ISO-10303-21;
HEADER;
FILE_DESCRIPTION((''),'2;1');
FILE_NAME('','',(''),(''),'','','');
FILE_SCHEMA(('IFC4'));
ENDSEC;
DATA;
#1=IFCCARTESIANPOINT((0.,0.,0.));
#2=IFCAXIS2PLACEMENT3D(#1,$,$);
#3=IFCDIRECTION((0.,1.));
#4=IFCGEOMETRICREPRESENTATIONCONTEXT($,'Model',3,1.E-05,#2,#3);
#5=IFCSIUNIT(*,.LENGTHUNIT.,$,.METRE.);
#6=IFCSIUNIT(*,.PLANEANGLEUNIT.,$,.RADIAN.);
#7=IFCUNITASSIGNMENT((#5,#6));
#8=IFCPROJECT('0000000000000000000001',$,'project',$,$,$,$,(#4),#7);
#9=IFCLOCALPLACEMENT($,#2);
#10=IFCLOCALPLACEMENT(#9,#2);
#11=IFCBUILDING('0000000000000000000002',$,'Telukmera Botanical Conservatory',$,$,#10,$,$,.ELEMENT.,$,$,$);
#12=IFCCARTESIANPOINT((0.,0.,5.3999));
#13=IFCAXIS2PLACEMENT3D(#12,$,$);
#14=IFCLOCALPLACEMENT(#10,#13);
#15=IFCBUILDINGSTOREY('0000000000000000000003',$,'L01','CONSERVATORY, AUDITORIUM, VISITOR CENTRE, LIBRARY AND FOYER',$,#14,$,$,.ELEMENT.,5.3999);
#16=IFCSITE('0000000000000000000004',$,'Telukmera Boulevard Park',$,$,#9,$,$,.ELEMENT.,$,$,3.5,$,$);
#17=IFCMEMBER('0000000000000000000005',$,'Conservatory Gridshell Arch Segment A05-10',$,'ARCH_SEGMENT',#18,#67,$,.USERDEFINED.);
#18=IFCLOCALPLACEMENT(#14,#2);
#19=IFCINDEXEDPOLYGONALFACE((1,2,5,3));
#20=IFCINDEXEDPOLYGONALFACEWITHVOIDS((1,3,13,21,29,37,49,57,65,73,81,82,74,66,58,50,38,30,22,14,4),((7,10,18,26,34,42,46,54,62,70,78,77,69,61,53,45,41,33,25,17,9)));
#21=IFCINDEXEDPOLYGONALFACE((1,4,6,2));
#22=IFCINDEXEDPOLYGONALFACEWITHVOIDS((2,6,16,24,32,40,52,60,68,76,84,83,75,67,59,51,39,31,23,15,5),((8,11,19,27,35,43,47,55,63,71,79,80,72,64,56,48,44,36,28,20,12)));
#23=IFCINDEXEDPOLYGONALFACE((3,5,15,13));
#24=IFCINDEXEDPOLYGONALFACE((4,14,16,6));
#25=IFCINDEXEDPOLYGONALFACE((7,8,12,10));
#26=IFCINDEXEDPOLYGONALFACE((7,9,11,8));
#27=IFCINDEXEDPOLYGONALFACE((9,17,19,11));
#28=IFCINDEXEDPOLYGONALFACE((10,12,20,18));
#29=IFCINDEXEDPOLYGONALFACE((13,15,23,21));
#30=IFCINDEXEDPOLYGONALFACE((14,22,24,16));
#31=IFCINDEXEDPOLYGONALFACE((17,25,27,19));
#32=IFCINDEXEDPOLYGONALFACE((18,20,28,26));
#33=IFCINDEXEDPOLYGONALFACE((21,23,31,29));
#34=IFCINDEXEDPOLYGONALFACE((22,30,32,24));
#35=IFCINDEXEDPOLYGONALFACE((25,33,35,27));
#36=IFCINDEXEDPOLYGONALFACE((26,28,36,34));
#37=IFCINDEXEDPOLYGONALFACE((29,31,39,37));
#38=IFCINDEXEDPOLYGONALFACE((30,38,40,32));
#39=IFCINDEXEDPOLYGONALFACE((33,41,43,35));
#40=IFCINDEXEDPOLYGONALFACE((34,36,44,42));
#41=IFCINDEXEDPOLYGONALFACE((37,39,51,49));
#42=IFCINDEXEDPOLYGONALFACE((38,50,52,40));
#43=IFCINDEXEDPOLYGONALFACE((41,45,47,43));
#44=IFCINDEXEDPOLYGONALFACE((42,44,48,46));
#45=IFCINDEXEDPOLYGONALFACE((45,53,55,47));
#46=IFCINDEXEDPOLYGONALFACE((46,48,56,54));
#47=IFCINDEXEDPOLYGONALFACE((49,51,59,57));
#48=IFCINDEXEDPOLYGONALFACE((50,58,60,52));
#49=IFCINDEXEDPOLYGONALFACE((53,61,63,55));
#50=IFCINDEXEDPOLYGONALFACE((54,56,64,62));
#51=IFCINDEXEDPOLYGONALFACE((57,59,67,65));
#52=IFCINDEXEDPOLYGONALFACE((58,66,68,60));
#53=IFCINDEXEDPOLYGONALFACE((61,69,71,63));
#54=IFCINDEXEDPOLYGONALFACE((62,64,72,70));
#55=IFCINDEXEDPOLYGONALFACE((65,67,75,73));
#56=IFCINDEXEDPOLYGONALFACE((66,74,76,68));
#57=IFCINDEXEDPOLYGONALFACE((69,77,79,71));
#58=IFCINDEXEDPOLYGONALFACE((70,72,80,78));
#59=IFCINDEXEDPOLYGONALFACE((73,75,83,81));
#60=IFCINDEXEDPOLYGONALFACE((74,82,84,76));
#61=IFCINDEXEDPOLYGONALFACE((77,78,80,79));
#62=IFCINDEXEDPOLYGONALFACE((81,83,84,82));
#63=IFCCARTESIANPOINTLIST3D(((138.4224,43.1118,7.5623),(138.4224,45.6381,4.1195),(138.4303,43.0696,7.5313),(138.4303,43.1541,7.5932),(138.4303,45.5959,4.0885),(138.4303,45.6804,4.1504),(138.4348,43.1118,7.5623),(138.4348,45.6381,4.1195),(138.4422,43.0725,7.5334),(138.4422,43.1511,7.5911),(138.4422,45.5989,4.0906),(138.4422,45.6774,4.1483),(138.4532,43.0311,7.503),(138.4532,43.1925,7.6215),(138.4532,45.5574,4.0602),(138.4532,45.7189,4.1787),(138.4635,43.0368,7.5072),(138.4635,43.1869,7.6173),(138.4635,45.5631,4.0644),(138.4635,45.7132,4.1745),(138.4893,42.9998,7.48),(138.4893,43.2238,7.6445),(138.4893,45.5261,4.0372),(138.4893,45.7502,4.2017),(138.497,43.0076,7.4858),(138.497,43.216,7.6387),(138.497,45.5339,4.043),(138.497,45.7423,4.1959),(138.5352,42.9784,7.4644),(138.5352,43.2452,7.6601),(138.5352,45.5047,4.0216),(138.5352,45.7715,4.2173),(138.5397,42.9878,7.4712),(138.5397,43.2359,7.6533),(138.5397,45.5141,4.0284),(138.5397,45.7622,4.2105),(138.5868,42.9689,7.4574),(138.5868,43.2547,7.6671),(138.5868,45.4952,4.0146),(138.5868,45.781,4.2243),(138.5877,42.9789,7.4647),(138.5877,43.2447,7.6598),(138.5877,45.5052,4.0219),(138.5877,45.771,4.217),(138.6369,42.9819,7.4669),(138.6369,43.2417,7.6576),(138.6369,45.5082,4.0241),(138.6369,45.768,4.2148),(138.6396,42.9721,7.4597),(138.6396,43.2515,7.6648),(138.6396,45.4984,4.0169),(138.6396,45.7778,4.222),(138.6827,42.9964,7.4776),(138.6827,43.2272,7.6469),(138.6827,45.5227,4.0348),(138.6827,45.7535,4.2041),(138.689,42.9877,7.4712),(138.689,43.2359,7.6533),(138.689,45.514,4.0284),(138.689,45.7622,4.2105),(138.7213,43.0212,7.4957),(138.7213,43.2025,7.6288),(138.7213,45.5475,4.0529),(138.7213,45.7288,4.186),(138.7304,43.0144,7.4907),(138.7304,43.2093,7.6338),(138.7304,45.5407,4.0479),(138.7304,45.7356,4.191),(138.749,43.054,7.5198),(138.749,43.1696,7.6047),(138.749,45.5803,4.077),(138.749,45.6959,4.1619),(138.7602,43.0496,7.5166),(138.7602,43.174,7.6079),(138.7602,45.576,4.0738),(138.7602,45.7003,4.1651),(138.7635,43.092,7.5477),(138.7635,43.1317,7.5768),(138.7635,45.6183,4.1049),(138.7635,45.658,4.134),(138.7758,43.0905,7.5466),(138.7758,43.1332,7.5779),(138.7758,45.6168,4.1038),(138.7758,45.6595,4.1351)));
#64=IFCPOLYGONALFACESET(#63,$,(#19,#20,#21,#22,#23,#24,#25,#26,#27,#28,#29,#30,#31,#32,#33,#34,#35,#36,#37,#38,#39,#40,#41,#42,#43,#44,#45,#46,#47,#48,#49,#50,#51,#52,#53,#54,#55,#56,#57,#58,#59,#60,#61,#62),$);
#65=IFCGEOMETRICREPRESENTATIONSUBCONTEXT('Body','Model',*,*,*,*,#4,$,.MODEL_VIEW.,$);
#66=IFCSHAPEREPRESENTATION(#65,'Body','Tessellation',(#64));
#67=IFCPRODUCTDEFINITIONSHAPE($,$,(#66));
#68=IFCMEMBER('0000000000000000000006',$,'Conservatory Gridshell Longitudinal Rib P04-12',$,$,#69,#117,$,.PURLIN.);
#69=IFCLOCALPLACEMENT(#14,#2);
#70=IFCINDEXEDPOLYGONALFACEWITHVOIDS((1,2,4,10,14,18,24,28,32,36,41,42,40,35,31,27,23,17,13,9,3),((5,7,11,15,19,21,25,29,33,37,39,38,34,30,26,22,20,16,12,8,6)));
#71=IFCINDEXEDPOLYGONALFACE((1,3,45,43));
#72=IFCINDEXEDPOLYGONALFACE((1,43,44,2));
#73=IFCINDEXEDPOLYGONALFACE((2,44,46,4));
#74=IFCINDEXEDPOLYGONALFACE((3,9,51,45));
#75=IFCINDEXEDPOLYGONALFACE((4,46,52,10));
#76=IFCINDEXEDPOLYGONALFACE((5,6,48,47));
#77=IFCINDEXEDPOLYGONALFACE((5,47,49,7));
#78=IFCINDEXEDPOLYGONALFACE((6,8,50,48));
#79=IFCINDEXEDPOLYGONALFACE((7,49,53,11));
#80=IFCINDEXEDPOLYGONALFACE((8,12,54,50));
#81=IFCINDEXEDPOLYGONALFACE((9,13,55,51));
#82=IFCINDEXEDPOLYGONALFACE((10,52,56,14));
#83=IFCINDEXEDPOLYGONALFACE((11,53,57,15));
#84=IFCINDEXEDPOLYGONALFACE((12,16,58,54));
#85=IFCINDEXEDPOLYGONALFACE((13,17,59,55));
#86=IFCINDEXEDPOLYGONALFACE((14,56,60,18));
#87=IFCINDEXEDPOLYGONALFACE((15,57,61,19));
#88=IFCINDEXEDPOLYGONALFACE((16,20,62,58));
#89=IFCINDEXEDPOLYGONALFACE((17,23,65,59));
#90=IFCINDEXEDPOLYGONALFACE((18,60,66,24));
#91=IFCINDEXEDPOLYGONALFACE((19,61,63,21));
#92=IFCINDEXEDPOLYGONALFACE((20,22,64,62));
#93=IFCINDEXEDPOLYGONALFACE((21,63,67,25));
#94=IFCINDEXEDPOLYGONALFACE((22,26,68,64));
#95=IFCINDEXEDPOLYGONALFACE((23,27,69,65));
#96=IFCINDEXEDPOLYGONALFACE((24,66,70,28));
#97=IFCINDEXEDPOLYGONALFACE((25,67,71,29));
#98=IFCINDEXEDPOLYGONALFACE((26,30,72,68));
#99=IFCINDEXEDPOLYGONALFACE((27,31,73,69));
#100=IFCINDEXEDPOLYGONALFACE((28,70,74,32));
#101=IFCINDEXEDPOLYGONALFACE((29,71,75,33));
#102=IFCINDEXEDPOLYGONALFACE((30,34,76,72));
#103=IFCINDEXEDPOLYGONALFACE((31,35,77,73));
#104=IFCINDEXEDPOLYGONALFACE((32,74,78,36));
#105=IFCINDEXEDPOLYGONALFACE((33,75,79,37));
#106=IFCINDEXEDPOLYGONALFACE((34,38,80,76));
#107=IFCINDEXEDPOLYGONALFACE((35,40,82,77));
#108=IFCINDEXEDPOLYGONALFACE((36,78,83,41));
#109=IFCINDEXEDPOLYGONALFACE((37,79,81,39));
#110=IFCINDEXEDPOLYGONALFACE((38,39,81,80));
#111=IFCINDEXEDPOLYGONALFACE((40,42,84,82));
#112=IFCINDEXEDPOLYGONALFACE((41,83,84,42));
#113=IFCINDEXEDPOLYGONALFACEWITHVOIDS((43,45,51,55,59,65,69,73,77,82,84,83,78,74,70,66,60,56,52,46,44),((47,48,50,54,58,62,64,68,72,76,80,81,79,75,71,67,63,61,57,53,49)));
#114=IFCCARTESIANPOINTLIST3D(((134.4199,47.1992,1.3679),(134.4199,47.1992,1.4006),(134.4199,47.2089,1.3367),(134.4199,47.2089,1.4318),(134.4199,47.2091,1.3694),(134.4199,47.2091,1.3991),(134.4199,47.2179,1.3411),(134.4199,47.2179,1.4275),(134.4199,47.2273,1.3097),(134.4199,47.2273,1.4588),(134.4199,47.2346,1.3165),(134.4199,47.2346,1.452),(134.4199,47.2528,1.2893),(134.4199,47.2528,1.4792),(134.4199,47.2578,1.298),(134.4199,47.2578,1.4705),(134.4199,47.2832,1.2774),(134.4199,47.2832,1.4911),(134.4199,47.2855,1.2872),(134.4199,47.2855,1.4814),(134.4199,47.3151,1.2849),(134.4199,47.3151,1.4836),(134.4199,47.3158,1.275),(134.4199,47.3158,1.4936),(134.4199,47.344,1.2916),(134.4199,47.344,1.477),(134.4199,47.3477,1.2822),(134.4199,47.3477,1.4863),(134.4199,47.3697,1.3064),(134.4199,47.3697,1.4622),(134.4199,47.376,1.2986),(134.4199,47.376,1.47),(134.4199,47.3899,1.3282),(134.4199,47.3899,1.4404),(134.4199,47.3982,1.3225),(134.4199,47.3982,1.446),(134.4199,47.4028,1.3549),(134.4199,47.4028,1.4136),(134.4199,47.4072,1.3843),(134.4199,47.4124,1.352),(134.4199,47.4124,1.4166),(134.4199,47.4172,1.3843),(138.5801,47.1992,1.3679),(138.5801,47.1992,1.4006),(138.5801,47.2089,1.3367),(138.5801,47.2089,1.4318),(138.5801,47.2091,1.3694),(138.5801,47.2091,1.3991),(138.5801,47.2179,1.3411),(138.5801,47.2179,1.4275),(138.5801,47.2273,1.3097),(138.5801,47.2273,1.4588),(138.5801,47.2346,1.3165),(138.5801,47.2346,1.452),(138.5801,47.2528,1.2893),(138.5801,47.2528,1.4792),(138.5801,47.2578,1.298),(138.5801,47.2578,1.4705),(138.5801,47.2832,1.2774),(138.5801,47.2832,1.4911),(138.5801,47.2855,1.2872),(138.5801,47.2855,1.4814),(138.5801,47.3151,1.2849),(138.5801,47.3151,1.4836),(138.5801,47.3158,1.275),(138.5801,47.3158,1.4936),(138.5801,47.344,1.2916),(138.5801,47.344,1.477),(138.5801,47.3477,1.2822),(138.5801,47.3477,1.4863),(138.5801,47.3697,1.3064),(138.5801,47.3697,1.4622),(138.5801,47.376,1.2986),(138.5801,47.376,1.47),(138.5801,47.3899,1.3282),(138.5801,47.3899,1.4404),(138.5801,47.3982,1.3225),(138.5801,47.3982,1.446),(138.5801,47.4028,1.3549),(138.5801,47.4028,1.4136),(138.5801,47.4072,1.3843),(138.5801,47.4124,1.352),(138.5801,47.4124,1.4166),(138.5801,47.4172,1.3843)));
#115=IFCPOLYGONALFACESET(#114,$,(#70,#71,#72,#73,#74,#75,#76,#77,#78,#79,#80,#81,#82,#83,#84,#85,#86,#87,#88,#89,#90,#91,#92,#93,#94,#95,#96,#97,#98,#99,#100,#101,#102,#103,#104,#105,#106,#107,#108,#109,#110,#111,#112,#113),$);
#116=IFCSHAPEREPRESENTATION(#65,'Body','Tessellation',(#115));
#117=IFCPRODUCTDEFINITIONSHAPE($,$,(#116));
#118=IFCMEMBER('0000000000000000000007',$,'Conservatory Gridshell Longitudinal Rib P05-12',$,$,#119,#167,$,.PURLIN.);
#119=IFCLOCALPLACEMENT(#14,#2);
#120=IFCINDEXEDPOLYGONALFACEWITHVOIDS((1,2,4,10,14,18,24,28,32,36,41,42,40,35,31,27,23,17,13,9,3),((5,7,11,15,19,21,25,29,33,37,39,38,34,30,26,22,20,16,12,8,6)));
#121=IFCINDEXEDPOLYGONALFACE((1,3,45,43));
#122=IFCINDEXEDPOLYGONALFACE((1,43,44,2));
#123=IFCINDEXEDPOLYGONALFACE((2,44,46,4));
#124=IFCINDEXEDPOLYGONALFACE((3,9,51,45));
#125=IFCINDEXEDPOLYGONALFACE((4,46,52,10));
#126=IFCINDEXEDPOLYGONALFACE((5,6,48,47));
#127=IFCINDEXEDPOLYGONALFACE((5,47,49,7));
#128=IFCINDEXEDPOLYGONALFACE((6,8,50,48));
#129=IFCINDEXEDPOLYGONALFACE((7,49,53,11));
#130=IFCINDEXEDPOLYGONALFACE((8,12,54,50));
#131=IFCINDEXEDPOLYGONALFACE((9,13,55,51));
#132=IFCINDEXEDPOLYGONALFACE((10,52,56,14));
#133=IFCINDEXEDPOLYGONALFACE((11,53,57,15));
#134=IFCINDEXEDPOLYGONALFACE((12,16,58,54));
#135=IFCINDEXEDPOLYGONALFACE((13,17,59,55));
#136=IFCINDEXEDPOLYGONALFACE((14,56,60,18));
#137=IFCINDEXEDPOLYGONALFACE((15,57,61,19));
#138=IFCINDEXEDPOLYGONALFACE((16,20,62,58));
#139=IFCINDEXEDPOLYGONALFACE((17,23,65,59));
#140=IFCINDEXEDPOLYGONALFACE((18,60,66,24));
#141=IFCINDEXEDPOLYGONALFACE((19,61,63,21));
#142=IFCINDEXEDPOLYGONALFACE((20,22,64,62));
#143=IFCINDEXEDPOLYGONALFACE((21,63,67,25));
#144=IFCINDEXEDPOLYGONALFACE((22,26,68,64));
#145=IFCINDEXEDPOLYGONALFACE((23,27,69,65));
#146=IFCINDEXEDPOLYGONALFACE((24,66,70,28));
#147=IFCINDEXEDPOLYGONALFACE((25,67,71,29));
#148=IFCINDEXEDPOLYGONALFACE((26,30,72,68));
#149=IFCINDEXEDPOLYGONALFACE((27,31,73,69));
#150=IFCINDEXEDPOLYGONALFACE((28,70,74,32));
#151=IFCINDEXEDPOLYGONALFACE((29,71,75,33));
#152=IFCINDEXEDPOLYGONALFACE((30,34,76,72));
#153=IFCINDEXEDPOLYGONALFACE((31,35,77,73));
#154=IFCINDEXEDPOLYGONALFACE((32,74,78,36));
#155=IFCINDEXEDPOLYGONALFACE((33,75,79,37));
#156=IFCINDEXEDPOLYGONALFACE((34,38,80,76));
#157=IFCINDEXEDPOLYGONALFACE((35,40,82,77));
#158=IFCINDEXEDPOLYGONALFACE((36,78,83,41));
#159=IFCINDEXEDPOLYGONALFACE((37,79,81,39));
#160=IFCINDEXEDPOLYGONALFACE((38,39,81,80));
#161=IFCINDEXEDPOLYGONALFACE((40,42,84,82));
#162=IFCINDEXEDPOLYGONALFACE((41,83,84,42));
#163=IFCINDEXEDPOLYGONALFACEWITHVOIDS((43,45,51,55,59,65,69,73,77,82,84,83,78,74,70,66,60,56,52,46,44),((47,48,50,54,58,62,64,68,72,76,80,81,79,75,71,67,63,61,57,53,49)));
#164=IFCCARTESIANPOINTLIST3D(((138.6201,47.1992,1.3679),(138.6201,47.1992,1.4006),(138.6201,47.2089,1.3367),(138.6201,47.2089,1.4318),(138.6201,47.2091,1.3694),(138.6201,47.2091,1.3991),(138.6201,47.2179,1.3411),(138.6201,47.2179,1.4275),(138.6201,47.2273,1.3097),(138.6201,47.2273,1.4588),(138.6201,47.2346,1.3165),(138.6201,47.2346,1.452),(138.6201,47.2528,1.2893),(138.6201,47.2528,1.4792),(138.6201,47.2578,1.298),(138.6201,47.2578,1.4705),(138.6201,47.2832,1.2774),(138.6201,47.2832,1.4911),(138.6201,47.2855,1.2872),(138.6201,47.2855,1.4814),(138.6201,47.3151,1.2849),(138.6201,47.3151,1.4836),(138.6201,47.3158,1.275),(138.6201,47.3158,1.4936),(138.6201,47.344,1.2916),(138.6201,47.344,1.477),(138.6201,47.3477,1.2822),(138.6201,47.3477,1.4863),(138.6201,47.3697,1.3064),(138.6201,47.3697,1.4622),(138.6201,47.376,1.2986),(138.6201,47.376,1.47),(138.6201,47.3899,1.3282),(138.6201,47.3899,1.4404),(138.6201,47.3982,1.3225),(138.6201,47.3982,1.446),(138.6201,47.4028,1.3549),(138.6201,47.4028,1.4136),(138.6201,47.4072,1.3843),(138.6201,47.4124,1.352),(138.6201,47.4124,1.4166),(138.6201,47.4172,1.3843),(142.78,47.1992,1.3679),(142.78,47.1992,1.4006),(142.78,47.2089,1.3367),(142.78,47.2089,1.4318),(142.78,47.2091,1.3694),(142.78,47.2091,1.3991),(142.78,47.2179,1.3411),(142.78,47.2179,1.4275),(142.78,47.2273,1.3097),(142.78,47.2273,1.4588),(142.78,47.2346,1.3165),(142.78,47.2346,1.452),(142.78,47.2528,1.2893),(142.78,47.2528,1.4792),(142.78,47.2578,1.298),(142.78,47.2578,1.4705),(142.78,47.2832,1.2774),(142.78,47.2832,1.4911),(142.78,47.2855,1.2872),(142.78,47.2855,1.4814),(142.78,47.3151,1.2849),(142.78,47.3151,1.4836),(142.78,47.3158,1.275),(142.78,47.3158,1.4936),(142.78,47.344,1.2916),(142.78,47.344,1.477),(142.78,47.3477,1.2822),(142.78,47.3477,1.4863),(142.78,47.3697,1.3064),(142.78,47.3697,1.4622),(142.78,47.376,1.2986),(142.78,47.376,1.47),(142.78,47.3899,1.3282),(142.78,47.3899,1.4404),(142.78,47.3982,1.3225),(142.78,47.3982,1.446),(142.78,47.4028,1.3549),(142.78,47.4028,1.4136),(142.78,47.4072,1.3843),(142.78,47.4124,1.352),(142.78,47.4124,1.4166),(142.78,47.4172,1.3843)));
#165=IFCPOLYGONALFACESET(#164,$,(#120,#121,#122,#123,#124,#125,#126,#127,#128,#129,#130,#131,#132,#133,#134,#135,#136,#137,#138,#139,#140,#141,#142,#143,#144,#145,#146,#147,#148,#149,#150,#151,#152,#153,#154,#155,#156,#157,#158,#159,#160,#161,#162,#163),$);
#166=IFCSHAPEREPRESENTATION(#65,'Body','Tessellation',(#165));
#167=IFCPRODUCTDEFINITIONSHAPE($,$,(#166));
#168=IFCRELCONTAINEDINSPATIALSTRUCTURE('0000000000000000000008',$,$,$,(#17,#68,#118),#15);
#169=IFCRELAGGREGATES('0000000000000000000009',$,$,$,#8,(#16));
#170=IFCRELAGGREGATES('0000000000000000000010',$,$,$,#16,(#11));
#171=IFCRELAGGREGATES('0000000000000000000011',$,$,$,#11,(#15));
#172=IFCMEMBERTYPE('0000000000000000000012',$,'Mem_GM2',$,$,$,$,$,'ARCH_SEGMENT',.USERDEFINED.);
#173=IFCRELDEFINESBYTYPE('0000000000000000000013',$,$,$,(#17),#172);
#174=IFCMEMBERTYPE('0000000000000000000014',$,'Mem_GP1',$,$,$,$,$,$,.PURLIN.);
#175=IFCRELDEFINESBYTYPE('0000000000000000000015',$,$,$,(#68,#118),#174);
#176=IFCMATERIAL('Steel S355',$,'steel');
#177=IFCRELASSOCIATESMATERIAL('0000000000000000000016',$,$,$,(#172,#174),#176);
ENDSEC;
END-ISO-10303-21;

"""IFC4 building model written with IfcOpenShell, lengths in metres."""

from ifc_helpers import new_model, si_unit, direction, frame, origin, origin_2d, place, context, subcontext, project, spatial, hollow_circle, extrude, material, material_profile, profile_set, type_object, element, save


model = new_model("IFC4")

# Units and contexts
model_context = context("Model", 3, precision=1e-05, world=origin(), true_north=direction((0.0, 1.0)))
body_context = subcontext(model_context, "Body", "Model", "MODEL_VIEW")
ifc_project = project(units=[si_unit("LENGTHUNIT", "METRE"), si_unit("PLANEANGLEUNIT", "RADIAN")], contexts=[model_context])

# Site, building, storey
site_placement = place(None, origin())
site = spatial("IfcSite", under=ifc_project, at=site_placement, Name="Telukmera Boulevard Park", CompositionType="ELEMENT", RefElevation=3.5)
building_placement = place(site_placement, origin())
building = spatial("IfcBuilding", under=site, at=building_placement, Name="Telukmera Botanical Conservatory", CompositionType="ELEMENT")
storey_placement = place(building_placement, frame((0.0, 0.0, 5.3999)))
storey = spatial("IfcBuildingStorey", under=building, at=storey_placement, Name="L01", Description="CONSERVATORY, AUDITORIUM, VISITOR CENTRE, LIBRARY AND FOYER", CompositionType="ELEMENT", Elevation=5.3999)

# Shared definitions
ifc_material_1 = material(Name="Steel S355", Category="steel")

# Members
ifc_material_profile_1 = material_profile(ifc_material_1, hollow_circle(Radius=0.1777, WallThickness=0.0125, at=origin_2d()), Name="CHS 355.6x12.5")
ifc_profile_set_1 = profile_set([ifc_material_profile_1], Name="Steel S355")
member_type_1 = type_object("IfcMemberType", Name="Mem_GM2", ElementType="ARCH_SEGMENT", PredefinedType="USERDEFINED", material=ifc_profile_set_1)
member_1_placement = place(storey_placement, frame((138.6001, 43.1118, 7.5623), z_axis=(0.0, 0.591607, -0.806227), x_axis=(-1.0, 0.0, 0.0)))
element("IfcMember", 1, at=member_1_placement, inside=storey, type_object=member_type_1, Name="Conservatory Gridshell Arch Segment A05-10", ObjectType="ARCH_SEGMENT", PredefinedType="USERDEFINED", context=body_context, shape_type="SweptSolid", body=[
    extrude(hollow_circle(Radius=0.1777, WallThickness=0.0125, at=origin_2d()), origin(), (0.0, 0.0, 1.0), 4.2703),
])
ifc_material_profile_2 = material_profile(ifc_material_1, hollow_circle(Radius=0.1096, WallThickness=0.01, at=origin_2d()), Name="CHS 219.1x10.0")
ifc_profile_set_2 = profile_set([ifc_material_profile_2], Name="Steel S355")
member_type_2 = type_object("IfcMemberType", Name="Mem_GP1", PredefinedType="PURLIN", material=ifc_profile_set_2)
member_2_placement = place(storey_placement, frame((134.4199, 47.3076, 1.3843), z_axis=(1.0, 0.0, 0.0), x_axis=(0.0, 1.0, 0.0)))
element("IfcMember", 2, at=member_2_placement, inside=storey, type_object=member_type_2, Name="Conservatory Gridshell Longitudinal Rib P04-12", PredefinedType="PURLIN", context=body_context, shape_type="SweptSolid", body=[
    extrude(hollow_circle(Radius=0.1096, WallThickness=0.01, at=origin_2d()), origin(), (0.0, 0.0, 1.0), 4.1602),
])
member_3_placement = place(storey_placement, frame((138.6201, 47.3076, 1.3843), z_axis=(1.0, 0.0, 0.0), x_axis=(0.0, 1.0, 0.0)))
element("IfcMember", 3, at=member_3_placement, inside=storey, type_object=member_type_2, Name="Conservatory Gridshell Longitudinal Rib P05-12", PredefinedType="PURLIN", context=body_context, shape_type="SweptSolid", body=[
    extrude(hollow_circle(Radius=0.1096, WallThickness=0.01, at=origin_2d()), origin(), (0.0, 0.0, 1.0), 4.1599),
])

save(model, "model.ifc")
